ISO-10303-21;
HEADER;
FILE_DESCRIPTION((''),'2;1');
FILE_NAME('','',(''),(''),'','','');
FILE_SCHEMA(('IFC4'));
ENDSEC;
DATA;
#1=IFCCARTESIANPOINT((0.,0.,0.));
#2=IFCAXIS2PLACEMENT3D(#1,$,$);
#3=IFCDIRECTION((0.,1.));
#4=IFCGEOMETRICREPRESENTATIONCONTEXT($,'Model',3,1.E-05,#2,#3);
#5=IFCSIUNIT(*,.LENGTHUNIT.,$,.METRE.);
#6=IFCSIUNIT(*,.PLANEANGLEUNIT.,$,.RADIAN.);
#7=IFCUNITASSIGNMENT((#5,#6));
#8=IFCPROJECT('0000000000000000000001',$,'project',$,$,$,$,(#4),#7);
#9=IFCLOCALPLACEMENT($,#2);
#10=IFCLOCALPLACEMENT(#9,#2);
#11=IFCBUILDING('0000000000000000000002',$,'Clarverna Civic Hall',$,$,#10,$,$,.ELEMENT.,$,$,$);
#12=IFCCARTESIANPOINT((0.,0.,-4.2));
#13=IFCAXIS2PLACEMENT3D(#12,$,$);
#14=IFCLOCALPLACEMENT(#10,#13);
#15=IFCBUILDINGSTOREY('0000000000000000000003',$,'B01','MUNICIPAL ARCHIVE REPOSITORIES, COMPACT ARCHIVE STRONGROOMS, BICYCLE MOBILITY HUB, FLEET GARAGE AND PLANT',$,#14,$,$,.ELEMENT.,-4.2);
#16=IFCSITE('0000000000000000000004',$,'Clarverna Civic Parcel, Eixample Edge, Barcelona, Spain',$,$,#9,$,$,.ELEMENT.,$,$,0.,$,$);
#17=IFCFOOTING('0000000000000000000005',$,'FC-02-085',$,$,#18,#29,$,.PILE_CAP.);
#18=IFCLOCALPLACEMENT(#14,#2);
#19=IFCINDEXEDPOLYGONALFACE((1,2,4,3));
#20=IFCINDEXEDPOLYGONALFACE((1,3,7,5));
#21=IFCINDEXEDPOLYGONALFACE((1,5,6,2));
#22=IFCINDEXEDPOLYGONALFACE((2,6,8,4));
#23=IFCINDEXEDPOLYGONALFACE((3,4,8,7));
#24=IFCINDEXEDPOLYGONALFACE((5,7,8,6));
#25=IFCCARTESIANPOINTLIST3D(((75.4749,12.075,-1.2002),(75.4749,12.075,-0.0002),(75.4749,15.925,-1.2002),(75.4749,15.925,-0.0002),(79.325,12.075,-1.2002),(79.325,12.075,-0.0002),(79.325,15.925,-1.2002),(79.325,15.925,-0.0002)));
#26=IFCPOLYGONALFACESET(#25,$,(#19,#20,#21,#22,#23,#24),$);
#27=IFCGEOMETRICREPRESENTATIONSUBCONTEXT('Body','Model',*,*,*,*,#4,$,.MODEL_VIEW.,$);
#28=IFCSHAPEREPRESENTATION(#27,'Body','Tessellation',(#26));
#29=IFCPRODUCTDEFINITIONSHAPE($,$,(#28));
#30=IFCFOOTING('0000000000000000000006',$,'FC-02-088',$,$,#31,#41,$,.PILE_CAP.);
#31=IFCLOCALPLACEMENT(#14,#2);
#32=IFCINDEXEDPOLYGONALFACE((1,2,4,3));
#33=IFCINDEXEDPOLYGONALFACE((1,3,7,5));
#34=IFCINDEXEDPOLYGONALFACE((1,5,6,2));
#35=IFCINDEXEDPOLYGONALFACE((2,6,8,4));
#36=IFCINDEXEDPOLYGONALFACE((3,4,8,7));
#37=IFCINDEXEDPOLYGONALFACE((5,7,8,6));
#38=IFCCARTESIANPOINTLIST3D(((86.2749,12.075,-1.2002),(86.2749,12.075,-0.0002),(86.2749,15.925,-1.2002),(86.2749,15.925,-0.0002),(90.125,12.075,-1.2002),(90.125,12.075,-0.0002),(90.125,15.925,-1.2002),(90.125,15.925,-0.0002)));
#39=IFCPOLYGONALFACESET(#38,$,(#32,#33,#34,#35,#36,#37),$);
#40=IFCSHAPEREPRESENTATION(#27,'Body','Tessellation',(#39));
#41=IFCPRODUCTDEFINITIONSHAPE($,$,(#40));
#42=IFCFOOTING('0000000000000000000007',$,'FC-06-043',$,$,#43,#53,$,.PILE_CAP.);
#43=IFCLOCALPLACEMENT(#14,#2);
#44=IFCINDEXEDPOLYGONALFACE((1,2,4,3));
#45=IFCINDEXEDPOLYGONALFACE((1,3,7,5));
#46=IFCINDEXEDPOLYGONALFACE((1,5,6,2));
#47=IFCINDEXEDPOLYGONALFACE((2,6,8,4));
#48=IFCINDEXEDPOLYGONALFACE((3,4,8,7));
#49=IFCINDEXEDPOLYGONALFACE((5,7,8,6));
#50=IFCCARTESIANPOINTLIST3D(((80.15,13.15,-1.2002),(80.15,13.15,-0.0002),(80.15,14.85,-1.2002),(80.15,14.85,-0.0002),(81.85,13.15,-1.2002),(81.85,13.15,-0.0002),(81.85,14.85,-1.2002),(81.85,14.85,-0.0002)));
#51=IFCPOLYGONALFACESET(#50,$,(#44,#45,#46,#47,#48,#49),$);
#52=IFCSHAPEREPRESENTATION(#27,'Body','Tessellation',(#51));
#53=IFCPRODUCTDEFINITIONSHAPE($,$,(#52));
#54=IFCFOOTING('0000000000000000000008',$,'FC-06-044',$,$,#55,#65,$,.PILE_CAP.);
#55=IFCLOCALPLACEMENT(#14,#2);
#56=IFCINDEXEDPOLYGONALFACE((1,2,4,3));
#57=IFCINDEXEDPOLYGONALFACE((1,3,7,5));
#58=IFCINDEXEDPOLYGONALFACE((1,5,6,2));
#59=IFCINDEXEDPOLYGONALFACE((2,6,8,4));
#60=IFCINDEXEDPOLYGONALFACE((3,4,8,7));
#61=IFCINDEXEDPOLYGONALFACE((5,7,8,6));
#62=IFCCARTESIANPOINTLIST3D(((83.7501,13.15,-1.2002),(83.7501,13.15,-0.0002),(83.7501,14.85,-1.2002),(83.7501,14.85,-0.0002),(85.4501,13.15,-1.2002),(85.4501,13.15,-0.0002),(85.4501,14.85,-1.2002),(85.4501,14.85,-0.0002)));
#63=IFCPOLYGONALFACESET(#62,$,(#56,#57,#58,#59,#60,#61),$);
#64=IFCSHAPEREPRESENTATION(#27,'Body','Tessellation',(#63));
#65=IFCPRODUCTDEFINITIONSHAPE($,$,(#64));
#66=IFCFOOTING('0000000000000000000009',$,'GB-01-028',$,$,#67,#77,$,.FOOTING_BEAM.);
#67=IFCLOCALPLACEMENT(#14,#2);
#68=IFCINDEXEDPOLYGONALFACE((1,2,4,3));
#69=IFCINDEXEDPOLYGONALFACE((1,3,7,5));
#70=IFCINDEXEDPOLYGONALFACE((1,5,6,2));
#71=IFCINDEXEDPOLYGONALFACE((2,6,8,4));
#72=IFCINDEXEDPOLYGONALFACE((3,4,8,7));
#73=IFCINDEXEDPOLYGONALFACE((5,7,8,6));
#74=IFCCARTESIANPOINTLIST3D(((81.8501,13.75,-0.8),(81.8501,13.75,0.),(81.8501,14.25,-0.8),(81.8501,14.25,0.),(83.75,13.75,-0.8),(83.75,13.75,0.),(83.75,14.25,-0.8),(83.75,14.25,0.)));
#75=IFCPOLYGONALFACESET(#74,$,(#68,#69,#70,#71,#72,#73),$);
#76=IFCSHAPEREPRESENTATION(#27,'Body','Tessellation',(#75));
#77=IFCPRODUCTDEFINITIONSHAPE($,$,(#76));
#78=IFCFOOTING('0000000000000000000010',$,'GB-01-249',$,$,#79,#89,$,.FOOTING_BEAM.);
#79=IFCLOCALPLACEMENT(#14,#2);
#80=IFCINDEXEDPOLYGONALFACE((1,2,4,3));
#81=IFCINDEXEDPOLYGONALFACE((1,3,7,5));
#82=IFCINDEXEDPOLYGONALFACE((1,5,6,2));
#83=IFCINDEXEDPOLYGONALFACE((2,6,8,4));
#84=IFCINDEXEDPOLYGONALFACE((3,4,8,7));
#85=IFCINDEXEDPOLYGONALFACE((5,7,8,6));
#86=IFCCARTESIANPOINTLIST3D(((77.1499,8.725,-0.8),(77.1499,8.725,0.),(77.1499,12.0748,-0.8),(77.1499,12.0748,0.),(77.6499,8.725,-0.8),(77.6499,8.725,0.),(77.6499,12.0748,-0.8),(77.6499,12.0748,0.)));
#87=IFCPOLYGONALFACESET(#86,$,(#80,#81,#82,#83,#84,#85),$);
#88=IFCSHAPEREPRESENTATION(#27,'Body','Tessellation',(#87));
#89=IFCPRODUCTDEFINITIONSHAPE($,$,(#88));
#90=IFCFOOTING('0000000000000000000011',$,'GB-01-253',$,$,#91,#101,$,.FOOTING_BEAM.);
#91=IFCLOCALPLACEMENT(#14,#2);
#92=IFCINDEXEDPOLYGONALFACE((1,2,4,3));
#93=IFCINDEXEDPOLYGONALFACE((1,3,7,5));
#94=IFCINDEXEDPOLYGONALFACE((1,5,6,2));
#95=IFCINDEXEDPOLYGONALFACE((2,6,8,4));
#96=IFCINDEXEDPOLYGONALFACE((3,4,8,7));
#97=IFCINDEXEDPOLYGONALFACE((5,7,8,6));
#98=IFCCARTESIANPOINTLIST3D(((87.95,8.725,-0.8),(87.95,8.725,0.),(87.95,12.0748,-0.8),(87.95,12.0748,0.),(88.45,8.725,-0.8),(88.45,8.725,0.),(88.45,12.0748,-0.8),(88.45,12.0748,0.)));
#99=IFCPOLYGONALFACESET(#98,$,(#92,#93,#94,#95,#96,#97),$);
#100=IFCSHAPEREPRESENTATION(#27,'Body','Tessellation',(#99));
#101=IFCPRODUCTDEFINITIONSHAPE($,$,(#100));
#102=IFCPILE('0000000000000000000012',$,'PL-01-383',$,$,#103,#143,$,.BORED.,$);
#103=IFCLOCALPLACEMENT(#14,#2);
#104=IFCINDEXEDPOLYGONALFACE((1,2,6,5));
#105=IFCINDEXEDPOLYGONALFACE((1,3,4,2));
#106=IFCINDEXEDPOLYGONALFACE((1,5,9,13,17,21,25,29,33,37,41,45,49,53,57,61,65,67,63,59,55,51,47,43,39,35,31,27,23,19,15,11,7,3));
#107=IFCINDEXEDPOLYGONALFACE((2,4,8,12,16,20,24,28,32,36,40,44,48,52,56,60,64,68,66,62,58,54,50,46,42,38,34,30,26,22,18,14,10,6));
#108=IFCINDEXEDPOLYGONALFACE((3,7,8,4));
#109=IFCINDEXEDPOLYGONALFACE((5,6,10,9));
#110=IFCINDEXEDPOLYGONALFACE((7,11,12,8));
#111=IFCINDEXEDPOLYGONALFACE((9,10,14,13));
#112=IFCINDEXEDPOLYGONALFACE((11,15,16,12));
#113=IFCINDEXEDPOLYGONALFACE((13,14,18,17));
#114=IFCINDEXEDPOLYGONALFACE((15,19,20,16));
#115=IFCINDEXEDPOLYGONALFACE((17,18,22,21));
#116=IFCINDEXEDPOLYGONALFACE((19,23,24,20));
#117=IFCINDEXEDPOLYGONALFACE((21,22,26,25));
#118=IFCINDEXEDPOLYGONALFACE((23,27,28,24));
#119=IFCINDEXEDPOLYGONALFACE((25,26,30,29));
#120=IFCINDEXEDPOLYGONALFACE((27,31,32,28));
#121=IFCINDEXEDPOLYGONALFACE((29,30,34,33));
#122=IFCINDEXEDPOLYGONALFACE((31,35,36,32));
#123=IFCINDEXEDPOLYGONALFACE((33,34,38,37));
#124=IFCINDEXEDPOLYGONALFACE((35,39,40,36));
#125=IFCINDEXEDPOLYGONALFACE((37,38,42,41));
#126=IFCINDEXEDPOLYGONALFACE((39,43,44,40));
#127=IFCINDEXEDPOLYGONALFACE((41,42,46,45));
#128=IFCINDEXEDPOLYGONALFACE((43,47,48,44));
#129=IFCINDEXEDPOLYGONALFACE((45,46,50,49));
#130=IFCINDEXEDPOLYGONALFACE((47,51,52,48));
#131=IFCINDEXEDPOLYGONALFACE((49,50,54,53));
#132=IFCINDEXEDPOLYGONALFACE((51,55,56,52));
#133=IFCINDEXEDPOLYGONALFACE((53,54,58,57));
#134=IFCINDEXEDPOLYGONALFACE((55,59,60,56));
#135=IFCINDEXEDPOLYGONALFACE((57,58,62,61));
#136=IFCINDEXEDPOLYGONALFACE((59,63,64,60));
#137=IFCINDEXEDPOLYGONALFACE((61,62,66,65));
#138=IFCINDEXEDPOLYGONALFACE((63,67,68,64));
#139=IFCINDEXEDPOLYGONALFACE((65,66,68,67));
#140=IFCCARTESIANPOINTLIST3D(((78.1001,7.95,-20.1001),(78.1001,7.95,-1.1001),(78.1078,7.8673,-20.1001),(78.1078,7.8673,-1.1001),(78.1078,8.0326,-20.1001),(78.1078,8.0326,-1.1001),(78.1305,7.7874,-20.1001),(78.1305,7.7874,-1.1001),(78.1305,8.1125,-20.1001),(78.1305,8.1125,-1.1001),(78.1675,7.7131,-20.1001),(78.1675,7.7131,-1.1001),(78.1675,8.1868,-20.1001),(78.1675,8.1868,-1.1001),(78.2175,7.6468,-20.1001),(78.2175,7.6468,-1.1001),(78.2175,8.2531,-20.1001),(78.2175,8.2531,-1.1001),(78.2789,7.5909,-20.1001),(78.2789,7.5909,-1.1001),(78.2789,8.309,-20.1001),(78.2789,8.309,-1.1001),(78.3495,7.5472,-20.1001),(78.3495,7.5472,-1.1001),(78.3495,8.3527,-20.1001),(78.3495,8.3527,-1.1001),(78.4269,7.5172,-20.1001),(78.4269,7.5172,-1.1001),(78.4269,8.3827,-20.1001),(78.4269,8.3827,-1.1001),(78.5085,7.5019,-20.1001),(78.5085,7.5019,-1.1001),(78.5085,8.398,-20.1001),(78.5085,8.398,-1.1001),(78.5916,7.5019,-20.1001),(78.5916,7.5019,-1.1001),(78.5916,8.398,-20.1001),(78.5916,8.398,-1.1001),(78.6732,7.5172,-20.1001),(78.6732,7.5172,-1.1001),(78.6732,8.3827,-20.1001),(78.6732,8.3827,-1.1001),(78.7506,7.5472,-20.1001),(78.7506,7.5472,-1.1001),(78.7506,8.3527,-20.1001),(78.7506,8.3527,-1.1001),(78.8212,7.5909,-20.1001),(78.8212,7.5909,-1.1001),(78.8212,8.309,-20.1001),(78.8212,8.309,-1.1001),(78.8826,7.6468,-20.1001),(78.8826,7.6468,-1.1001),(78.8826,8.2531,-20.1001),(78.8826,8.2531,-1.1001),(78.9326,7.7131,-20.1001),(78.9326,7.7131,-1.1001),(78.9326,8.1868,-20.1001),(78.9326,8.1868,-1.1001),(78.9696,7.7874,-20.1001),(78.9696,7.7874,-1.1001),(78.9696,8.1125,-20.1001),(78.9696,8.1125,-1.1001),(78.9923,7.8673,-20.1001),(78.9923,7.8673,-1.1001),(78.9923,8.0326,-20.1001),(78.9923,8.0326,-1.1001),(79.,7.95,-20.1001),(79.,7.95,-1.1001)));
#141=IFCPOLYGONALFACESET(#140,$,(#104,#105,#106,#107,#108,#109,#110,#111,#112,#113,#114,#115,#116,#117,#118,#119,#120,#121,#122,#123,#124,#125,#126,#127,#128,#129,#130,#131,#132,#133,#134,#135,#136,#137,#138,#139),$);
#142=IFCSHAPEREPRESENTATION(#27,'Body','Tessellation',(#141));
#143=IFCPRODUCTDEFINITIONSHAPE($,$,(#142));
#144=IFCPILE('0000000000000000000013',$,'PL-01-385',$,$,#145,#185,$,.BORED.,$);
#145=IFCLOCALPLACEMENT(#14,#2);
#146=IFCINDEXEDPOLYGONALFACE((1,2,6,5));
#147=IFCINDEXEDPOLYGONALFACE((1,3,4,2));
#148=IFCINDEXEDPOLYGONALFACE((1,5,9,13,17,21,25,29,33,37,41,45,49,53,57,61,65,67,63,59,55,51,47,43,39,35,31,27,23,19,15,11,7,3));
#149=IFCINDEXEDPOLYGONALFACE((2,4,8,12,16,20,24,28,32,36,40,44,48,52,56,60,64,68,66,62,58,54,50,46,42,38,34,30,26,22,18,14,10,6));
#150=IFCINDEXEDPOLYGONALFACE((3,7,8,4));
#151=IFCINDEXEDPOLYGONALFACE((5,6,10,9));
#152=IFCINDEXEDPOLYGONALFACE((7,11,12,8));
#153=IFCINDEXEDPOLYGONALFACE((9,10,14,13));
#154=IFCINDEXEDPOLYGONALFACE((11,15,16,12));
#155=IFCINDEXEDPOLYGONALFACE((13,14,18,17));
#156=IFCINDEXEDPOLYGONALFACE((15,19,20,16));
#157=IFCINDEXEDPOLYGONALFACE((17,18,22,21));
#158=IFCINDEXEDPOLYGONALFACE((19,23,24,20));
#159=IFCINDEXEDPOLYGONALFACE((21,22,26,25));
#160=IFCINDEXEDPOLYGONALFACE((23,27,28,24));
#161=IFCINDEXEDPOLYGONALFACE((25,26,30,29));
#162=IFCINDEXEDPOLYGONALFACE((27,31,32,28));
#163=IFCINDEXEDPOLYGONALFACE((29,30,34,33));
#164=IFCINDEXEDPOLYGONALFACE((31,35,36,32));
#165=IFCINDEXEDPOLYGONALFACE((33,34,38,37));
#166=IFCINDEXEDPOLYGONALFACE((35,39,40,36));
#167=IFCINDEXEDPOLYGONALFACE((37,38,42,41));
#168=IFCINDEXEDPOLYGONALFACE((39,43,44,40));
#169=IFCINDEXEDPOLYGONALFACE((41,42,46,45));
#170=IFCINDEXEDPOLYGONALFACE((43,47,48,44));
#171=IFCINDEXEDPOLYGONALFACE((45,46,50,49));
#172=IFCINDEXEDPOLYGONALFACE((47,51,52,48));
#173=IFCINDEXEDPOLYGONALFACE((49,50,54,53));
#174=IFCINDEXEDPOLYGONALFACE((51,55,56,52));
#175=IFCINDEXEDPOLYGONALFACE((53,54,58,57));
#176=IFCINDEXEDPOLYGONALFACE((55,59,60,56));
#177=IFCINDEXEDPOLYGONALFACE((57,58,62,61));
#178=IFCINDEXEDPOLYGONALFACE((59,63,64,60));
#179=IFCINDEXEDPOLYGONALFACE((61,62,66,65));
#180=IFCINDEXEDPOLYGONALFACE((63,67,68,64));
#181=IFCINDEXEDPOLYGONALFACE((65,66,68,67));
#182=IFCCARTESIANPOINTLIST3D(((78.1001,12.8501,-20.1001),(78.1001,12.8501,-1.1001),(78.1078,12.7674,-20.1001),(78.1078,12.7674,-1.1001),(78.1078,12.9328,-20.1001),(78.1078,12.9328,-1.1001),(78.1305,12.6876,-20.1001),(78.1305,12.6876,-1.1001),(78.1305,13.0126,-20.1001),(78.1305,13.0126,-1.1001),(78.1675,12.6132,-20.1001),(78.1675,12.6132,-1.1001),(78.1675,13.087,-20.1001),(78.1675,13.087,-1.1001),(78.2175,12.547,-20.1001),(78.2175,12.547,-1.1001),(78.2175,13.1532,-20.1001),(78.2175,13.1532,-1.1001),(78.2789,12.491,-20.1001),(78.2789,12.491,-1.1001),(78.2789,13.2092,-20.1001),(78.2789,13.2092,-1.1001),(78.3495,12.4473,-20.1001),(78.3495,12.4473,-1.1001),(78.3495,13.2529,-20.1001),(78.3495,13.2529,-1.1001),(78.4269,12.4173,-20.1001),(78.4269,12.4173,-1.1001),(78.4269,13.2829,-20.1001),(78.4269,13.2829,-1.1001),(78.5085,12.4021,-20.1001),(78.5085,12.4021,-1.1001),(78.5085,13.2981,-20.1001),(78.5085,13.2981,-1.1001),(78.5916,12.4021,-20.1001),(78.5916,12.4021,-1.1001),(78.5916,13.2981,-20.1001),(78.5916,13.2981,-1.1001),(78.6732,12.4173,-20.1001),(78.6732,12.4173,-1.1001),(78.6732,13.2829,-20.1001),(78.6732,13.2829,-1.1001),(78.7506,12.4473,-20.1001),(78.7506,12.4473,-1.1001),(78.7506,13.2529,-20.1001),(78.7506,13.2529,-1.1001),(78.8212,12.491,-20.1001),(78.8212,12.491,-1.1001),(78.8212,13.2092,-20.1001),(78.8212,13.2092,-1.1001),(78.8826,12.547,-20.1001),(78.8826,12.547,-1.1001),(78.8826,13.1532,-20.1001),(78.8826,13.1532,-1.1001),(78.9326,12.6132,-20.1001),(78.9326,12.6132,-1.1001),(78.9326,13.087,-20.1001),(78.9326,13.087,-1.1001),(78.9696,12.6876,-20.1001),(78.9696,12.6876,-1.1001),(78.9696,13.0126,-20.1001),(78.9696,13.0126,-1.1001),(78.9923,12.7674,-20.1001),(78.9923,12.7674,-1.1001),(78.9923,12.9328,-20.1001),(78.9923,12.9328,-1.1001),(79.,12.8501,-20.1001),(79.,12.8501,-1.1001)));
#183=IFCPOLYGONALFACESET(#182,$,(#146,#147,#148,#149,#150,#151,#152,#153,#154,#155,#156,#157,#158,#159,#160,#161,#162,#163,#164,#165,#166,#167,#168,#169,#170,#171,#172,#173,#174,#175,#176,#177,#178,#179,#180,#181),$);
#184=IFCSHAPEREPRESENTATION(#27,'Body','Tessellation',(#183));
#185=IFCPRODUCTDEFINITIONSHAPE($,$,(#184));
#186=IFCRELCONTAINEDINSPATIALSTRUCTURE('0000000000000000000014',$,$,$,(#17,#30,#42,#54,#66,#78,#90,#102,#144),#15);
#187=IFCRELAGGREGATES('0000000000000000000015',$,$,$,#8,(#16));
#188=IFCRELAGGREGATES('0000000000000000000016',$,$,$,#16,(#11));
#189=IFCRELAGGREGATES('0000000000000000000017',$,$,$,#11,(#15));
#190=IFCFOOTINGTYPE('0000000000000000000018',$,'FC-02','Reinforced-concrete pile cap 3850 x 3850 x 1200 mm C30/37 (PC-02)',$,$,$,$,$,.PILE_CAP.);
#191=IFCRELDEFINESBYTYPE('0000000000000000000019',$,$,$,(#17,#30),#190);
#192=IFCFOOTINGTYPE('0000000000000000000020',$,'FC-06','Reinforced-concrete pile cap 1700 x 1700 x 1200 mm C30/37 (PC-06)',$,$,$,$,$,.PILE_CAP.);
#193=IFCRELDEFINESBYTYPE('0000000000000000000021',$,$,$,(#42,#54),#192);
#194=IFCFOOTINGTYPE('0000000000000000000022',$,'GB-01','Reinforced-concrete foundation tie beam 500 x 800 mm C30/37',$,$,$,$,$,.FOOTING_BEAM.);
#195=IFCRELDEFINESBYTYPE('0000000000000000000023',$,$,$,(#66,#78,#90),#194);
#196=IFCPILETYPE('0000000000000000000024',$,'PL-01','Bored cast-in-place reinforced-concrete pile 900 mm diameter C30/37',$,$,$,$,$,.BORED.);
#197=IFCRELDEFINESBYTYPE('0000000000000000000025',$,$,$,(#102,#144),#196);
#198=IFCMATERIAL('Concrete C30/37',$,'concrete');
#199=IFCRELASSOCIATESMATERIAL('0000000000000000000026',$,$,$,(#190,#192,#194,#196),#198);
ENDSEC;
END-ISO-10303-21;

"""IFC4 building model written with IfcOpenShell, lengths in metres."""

from ifc_helpers import new_model, si_unit, direction, frame, frame_2d, origin, origin_2d, place, context, subcontext, project, spatial, rectangle, circle, extrude, material, material_profile, profile_set, type_object, element, save


model = new_model("IFC4")

# Units and contexts
model_context = context("Model", 3, precision=1e-05, world=origin(), true_north=direction((0.0, 1.0)))
body_context = subcontext(model_context, "Body", "Model", "MODEL_VIEW")
ifc_project = project(units=[si_unit("LENGTHUNIT", "METRE"), si_unit("PLANEANGLEUNIT", "RADIAN")], contexts=[model_context])

# Site, building, storey
site_placement = place(None, origin())
site = spatial("IfcSite", under=ifc_project, at=site_placement, Name="Clarverna Civic Parcel, Eixample Edge, Barcelona, Spain", CompositionType="ELEMENT", RefElevation=0.0)
building_placement = place(site_placement, origin())
building = spatial("IfcBuilding", under=site, at=building_placement, Name="Clarverna Civic Hall", CompositionType="ELEMENT")
storey_placement = place(building_placement, frame((0.0, 0.0, -4.2)))
storey = spatial("IfcBuildingStorey", under=building, at=storey_placement, Name="B01", Description="MUNICIPAL ARCHIVE REPOSITORIES, COMPACT ARCHIVE STRONGROOMS, BICYCLE MOBILITY HUB, FLEET GARAGE AND PLANT", CompositionType="ELEMENT", Elevation=-4.2)

# Footings
ifc_material_1 = material(Name="Concrete C30/37", Category="concrete")
footing_type_1 = type_object("IfcFootingType", Name="FC-02", Description="Reinforced-concrete pile cap 3850 x 3850 x 1200 mm C30/37 (PC-02)", PredefinedType="PILE_CAP", material=ifc_material_1)
for number, where, z_axis, x_axis, name in (
    (1, (77.3999, 14.0, -1.2002), (0.0, 0.0, 1.0), (1.0, 0.0, 0.0), "FC-02-085"),
    (2, (88.2, 14.0, -1.2002), (0.0, 0.0, 1.0), (1.0, 0.0, 0.0), "FC-02-088"),
):
    element("IfcFooting", number, at=place(storey_placement, frame(where, z_axis=z_axis, x_axis=x_axis)), inside=storey, type_object=footing_type_1, Name=name, PredefinedType="PILE_CAP", context=body_context, shape_type="SweptSolid", body=[
        extrude(rectangle(XDim=3.8501, YDim=3.8501, at=origin_2d()), origin(), (0.0, 0.0, 1.0), 1.2),
    ])
footing_type_2 = type_object("IfcFootingType", Name="FC-06", Description="Reinforced-concrete pile cap 1700 x 1700 x 1200 mm C30/37 (PC-06)", PredefinedType="PILE_CAP", material=ifc_material_1)
for number, where, z_axis, x_axis, name in (
    (3, (81.0, 14.0, -1.2002), (0.0, 0.0, 1.0), (1.0, 0.0, 0.0), "FC-06-043"),
    (4, (84.6001, 14.0, -1.2002), (0.0, 0.0, 1.0), (1.0, 0.0, 0.0), "FC-06-044"),
):
    element("IfcFooting", number, at=place(storey_placement, frame(where, z_axis=z_axis, x_axis=x_axis)), inside=storey, type_object=footing_type_2, Name=name, PredefinedType="PILE_CAP", context=body_context, shape_type="SweptSolid", body=[
        extrude(rectangle(XDim=1.7, YDim=1.7, at=origin_2d()), origin(), (0.0, 0.0, 1.0), 1.2),
    ])
footing_type_3 = type_object("IfcFootingType", Name="GB-01", Description="Reinforced-concrete foundation tie beam 500 x 800 mm C30/37", PredefinedType="FOOTING_BEAM", material=ifc_material_1)
footing_placement = place(storey_placement, frame((81.8501, 14.0, -0.8), z_axis=(0.0, 0.0, 1.0), x_axis=(1.0, 0.0, 0.0)))
element("IfcFooting", 5, at=footing_placement, inside=storey, type_object=footing_type_3, Name="GB-01-028", PredefinedType="FOOTING_BEAM", context=body_context, shape_type="SweptSolid", body=[
    extrude(rectangle(XDim=1.8999, YDim=0.5, at=frame_2d((0.95, 0.0))), origin(), (0.0, 0.0, 1.0), 0.8),
])
for number, where, z_axis, x_axis, name in (
    (6, (77.3999, 8.7251, -0.8), (0.0, 0.0, 1.0), (0.0, 1.0, 0.0), "GB-01-249"),
    (7, (88.2, 8.7251, -0.8), (0.0, 0.0, 1.0), (0.0, 1.0, 0.0), "GB-01-253"),
):
    element("IfcFooting", number, at=place(storey_placement, frame(where, z_axis=z_axis, x_axis=x_axis)), inside=storey, type_object=footing_type_3, Name=name, PredefinedType="FOOTING_BEAM", context=body_context, shape_type="SweptSolid", body=[
        extrude(rectangle(XDim=3.3499, YDim=0.5, at=frame_2d((1.6748, 0.0))), origin(), (0.0, 0.0, 1.0), 0.8),
    ])

# Piles
ifc_material_profile_1 = material_profile(ifc_material_1, circle(Radius=0.45, at=origin_2d()), Name="BORED PILE D900")
ifc_profile_set_1 = profile_set([ifc_material_profile_1], Name="Concrete C30/37")
pile_type = type_object("IfcPileType", Name="PL-01", Description="Bored cast-in-place reinforced-concrete pile 900 mm diameter C30/37", PredefinedType="BORED", material=ifc_profile_set_1)
for number, where, z_axis, x_axis, name in (
    (8, (78.55, 7.95, -1.1001), (0.0, 0.0, -1.0), (1.0, 0.0, 0.0), "PL-01-383"),
    (9, (78.55, 12.8501, -1.1001), (0.0, 0.0, -1.0), (1.0, 0.0, 0.0), "PL-01-385"),
):
    element("IfcPile", number, at=place(storey_placement, frame(where, z_axis=z_axis, x_axis=x_axis)), inside=storey, type_object=pile_type, Name=name, PredefinedType="BORED", context=body_context, shape_type="SweptSolid", body=[
        extrude(circle(Radius=0.45, at=origin_2d()), origin(), (0.0, 0.0, 1.0), 19.0),
    ])

save(model, "model.ifc")
